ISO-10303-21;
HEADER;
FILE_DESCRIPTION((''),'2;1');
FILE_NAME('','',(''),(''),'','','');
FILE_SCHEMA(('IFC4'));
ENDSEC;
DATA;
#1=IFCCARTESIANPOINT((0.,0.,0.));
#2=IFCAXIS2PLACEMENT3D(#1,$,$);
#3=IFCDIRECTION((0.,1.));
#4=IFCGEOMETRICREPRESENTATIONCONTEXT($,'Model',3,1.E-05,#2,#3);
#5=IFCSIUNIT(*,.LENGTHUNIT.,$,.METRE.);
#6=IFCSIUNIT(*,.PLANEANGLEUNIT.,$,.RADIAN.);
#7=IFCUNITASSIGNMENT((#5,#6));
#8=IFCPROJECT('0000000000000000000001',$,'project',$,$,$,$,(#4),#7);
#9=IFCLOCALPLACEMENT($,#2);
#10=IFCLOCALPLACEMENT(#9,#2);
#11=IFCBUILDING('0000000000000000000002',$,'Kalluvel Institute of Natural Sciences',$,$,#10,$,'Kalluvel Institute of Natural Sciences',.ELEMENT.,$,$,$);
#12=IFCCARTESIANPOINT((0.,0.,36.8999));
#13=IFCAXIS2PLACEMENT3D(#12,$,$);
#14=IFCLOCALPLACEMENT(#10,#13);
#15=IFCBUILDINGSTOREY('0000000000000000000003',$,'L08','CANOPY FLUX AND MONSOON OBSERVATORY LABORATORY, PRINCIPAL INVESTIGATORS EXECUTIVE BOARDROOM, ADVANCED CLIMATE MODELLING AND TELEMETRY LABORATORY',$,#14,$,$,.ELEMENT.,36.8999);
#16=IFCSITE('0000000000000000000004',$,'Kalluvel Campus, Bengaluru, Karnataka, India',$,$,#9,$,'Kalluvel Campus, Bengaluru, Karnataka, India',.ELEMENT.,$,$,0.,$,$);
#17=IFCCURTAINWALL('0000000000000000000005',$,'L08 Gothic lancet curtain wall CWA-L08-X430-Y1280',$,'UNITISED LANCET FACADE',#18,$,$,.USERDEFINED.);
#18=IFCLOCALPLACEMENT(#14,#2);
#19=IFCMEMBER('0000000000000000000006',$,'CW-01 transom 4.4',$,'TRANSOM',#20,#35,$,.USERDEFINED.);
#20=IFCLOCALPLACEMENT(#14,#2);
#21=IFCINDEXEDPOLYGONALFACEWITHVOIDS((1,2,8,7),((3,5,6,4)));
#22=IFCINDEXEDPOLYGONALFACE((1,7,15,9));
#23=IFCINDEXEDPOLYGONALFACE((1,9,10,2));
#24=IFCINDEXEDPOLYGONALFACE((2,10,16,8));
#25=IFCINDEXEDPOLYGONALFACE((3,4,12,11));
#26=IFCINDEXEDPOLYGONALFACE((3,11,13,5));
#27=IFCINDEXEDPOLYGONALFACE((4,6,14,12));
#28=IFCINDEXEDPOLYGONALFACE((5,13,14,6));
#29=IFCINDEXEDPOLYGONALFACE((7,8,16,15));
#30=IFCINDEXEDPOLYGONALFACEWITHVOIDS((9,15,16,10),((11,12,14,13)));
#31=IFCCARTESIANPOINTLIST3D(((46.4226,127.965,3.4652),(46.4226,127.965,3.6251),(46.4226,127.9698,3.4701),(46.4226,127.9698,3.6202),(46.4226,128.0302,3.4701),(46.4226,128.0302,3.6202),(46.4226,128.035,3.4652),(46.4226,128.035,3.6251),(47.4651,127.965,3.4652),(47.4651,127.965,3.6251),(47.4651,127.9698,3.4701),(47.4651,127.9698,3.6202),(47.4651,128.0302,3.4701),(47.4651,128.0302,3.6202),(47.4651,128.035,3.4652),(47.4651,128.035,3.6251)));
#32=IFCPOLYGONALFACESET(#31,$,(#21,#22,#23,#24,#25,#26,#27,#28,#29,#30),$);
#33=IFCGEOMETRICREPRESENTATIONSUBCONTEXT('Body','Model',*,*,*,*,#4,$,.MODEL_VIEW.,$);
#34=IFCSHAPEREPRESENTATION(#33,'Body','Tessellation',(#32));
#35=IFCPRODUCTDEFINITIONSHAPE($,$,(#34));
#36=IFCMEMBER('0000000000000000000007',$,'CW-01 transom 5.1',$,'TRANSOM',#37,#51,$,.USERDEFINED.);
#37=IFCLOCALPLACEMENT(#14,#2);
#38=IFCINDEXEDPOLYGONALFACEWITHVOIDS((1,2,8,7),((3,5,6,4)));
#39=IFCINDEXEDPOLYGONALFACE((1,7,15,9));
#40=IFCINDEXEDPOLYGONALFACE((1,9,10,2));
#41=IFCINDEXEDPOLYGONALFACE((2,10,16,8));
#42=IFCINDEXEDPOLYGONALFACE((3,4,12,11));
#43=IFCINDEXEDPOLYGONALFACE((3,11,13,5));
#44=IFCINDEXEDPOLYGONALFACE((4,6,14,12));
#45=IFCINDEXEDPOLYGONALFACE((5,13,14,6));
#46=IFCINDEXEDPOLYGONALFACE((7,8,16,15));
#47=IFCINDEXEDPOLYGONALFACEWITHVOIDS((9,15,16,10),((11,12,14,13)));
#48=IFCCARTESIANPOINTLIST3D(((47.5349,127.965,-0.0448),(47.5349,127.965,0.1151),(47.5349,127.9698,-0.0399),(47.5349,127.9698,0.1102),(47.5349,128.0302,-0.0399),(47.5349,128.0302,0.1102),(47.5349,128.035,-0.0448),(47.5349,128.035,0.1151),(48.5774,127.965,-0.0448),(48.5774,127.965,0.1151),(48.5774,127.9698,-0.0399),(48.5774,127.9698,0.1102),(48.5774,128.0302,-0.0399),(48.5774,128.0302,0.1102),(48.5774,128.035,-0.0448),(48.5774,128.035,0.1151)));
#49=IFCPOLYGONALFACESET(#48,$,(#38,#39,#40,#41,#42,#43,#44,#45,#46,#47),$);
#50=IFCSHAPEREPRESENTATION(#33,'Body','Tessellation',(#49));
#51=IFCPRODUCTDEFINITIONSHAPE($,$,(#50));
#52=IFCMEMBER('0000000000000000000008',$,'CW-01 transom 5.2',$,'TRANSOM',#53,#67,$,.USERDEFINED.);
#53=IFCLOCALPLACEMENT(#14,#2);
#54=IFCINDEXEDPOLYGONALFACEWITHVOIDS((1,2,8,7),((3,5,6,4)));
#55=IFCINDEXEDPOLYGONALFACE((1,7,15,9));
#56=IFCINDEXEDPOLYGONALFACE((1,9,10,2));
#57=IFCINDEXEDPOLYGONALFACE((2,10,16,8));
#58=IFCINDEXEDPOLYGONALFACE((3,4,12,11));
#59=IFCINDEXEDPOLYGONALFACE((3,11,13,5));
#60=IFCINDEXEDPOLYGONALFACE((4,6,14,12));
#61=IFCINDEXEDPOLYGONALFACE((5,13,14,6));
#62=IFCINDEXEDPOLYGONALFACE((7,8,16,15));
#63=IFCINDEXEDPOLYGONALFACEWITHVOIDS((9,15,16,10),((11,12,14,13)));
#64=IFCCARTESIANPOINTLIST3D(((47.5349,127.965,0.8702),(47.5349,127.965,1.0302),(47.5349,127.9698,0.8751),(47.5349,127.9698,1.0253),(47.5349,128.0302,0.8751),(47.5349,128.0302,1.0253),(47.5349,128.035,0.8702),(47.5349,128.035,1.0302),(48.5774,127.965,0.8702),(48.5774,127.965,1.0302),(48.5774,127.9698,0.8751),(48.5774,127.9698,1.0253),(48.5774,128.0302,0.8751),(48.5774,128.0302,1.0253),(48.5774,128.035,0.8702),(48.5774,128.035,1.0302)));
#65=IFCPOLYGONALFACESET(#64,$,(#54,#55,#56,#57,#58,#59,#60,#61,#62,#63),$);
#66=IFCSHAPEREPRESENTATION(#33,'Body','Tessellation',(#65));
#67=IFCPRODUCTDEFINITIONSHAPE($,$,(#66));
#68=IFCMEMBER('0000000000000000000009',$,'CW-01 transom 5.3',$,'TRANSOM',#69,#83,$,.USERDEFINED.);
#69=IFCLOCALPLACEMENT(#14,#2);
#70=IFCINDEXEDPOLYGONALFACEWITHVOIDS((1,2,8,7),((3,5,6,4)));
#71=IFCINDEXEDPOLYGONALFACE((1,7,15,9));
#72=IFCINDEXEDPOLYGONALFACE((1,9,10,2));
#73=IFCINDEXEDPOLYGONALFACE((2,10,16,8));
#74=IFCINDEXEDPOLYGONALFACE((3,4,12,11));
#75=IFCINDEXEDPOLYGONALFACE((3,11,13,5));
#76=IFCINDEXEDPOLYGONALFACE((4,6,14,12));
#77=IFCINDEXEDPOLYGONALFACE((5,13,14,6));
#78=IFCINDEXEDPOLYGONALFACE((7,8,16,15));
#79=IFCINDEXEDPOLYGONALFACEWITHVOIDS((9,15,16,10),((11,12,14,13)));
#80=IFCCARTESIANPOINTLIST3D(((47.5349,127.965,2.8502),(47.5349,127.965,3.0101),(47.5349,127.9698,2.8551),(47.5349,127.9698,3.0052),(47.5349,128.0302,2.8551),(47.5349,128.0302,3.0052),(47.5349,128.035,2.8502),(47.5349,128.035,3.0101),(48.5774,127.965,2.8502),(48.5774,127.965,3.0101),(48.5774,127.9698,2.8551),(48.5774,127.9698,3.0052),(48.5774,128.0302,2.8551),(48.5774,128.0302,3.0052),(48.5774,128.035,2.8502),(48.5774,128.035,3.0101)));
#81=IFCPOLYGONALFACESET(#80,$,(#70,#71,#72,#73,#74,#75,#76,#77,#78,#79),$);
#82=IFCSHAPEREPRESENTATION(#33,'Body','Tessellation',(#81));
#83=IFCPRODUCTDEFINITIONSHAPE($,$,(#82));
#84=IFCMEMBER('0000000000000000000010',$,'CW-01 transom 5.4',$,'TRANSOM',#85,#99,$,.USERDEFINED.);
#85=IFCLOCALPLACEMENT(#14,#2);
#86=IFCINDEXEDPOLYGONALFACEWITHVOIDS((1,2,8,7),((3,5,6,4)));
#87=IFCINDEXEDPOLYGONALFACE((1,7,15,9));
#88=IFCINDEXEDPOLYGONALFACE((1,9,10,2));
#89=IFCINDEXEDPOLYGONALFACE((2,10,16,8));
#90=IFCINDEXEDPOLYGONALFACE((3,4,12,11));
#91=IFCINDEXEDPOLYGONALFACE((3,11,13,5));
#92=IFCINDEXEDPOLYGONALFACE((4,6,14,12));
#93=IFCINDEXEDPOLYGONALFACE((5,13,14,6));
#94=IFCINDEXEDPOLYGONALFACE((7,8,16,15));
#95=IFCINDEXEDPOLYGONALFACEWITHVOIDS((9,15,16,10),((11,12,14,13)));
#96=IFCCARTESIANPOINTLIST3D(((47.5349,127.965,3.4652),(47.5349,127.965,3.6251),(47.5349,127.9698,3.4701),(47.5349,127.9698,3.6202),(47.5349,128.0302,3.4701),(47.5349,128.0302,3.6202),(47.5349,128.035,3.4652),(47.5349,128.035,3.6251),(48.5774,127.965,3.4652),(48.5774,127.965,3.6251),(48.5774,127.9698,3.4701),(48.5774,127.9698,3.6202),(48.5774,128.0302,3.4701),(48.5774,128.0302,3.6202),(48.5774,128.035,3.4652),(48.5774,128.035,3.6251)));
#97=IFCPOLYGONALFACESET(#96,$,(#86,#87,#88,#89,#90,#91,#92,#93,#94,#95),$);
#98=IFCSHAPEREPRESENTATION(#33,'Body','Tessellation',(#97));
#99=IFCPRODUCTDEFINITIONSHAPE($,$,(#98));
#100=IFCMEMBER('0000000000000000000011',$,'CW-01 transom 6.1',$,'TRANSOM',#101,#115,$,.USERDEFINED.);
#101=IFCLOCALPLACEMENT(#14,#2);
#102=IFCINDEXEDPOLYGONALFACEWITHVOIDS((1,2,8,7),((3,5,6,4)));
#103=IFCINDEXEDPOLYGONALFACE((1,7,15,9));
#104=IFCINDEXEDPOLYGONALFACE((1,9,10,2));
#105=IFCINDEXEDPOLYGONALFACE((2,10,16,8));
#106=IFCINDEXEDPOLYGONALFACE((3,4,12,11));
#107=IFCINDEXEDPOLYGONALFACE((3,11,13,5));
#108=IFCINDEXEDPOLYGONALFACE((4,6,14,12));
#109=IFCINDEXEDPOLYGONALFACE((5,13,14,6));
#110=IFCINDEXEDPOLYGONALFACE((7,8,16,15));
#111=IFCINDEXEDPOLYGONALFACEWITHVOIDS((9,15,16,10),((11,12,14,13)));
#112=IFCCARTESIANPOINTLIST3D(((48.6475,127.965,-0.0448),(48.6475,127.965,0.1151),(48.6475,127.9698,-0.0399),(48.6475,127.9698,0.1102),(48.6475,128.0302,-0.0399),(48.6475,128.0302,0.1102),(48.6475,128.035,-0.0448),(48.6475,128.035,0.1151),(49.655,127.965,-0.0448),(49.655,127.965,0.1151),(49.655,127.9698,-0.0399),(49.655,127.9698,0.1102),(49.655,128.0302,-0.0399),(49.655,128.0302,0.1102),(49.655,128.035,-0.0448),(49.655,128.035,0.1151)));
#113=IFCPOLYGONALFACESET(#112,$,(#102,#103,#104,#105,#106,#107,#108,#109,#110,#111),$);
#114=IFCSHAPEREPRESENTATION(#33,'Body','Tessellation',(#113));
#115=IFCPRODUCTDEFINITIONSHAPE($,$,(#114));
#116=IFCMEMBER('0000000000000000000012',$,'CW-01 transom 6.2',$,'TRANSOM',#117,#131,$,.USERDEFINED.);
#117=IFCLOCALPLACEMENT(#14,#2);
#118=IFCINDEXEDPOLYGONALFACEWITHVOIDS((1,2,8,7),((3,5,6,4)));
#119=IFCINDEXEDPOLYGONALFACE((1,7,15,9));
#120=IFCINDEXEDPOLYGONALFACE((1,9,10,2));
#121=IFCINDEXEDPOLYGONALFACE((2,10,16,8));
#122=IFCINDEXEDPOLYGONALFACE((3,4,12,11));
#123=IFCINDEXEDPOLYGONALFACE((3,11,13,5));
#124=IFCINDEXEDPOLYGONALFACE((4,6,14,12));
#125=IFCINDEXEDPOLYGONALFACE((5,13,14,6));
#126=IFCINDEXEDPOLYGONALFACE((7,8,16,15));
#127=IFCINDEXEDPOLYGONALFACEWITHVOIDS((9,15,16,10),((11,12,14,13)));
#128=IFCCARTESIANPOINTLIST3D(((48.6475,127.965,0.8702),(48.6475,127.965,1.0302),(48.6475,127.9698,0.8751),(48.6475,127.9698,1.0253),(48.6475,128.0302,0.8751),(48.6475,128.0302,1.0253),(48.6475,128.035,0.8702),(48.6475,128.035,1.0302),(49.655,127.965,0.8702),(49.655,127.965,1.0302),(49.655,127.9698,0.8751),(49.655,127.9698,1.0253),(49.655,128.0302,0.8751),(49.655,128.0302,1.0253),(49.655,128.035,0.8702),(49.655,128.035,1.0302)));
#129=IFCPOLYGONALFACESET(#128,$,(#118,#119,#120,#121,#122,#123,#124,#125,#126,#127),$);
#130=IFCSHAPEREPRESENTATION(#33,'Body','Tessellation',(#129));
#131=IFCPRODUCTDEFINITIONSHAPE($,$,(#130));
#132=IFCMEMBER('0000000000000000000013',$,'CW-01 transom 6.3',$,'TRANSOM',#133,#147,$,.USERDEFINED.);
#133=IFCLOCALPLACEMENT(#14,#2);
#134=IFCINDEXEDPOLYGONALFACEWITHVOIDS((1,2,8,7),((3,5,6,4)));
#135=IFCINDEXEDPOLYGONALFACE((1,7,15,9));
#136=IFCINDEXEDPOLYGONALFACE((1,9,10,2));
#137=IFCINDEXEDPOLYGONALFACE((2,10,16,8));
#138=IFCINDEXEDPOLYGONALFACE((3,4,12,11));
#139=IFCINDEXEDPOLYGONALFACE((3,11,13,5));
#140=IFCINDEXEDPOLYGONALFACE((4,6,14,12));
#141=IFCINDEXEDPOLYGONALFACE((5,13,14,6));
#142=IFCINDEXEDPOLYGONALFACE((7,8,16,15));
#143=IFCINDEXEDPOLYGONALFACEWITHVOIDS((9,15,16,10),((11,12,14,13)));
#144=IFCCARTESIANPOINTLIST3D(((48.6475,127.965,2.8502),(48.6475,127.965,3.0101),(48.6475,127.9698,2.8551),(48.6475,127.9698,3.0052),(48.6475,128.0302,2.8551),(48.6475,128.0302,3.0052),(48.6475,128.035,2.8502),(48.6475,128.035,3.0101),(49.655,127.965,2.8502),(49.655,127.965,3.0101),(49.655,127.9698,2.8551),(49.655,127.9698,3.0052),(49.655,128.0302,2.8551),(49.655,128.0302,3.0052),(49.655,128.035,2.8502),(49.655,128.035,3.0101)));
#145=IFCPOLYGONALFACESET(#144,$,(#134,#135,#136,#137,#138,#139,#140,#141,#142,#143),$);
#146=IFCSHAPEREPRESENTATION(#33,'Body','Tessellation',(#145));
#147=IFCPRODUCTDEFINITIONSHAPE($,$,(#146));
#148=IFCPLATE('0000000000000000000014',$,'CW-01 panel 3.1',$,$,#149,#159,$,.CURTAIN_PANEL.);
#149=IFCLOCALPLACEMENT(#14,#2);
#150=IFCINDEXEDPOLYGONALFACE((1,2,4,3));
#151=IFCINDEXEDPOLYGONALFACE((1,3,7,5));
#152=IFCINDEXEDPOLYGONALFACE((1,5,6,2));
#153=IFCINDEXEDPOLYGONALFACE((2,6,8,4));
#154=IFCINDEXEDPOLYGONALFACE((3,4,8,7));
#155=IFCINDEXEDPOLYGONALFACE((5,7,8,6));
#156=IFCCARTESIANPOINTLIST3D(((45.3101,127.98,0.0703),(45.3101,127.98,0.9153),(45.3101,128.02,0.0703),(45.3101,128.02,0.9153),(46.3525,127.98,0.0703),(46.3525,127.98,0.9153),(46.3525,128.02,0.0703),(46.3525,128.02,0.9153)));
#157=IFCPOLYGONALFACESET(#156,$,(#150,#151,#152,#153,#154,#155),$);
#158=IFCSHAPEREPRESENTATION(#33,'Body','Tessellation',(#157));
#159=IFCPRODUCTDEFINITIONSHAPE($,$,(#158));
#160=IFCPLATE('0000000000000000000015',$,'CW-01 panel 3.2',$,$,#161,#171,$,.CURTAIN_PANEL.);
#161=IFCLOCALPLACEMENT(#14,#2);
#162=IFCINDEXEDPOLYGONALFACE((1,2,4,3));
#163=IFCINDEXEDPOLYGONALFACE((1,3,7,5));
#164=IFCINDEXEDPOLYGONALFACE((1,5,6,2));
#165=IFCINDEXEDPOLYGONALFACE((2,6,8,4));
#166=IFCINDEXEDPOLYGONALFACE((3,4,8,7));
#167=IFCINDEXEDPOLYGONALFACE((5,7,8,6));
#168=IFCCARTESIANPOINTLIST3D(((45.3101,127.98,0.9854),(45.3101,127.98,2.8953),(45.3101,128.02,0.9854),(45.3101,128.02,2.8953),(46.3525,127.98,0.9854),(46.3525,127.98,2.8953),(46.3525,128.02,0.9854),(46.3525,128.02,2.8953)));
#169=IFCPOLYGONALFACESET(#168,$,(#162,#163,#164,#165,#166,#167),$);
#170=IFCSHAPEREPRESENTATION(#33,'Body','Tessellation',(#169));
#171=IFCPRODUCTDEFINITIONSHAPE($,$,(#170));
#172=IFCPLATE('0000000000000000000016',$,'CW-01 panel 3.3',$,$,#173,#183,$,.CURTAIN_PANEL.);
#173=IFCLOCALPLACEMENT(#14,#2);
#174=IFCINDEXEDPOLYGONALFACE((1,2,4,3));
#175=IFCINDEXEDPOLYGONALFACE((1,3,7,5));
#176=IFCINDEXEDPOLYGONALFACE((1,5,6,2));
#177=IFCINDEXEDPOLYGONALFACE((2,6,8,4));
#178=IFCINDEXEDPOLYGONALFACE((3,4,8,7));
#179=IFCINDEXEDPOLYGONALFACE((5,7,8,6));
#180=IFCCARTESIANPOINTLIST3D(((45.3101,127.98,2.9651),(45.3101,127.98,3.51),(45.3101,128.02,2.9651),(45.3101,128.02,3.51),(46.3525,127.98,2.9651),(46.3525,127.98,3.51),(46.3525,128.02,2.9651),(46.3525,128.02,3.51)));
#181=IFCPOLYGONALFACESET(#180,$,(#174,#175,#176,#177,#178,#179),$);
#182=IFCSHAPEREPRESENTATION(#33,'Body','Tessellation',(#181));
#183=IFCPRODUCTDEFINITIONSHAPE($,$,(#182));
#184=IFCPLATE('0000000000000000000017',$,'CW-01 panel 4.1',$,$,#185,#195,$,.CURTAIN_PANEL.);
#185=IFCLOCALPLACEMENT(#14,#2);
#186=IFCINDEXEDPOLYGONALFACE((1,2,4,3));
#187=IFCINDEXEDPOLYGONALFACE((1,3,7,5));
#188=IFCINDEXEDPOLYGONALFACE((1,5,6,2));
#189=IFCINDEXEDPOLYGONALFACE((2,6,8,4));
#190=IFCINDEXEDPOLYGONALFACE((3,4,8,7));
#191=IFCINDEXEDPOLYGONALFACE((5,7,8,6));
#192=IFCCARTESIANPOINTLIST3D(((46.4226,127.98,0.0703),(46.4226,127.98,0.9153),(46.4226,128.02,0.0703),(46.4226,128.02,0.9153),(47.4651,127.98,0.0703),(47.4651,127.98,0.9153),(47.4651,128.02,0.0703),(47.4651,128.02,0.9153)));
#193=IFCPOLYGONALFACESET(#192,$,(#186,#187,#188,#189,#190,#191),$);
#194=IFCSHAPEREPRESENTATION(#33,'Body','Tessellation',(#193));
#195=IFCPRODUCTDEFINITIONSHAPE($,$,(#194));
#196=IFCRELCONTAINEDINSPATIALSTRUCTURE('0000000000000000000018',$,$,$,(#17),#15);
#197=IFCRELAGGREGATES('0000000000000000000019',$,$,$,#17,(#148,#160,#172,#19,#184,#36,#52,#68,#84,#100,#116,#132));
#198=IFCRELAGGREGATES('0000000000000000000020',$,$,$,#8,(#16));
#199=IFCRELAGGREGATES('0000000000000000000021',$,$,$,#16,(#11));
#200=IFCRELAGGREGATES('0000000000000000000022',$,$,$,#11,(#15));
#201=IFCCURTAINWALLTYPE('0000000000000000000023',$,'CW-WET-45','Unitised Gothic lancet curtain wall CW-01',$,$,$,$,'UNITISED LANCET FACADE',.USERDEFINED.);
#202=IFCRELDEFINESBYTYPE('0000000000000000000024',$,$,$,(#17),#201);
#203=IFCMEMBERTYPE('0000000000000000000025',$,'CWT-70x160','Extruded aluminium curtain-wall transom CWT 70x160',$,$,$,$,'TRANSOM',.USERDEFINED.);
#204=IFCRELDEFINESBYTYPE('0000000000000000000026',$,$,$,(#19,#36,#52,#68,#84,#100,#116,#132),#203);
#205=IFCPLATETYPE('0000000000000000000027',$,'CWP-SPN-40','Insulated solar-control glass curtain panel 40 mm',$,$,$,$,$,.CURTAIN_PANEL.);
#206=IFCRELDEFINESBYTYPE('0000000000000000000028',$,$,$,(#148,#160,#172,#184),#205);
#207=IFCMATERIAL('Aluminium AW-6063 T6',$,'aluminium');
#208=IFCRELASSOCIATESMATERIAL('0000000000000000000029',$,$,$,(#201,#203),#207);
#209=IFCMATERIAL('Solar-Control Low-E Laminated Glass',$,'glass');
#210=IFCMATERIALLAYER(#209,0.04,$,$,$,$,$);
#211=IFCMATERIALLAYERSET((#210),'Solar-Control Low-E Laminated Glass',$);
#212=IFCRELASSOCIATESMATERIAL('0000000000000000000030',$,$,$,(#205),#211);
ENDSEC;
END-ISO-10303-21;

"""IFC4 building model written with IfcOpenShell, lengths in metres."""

from ifc_helpers import new_model, si_unit, direction, frame, origin, origin_2d, place, context, subcontext, project, spatial, rectangle, hollow_rectangle, extrude, material, layer, layer_set, material_profile, profile_set, type_object, element, aggregate, save


model = new_model("IFC4")

# Units and contexts
model_context = context("Model", 3, precision=1e-05, world=origin(), true_north=direction((0.0, 1.0)))
body_context = subcontext(model_context, "Body", "Model", "MODEL_VIEW")
ifc_project = project(units=[si_unit("LENGTHUNIT", "METRE"), si_unit("PLANEANGLEUNIT", "RADIAN")], contexts=[model_context])

# Site, building, storey
site_placement = place(None, origin())
site = spatial("IfcSite", under=ifc_project, at=site_placement, Name="Kalluvel Campus, Bengaluru, Karnataka, India", LongName="Kalluvel Campus, Bengaluru, Karnataka, India", CompositionType="ELEMENT", RefElevation=0.0)
building_placement = place(site_placement, origin())
building = spatial("IfcBuilding", under=site, at=building_placement, Name="Kalluvel Institute of Natural Sciences", LongName="Kalluvel Institute of Natural Sciences", CompositionType="ELEMENT")
storey_placement = place(building_placement, frame((0.0, 0.0, 36.8999)))
storey = spatial("IfcBuildingStorey", under=building, at=storey_placement, Name="L08", Description="CANOPY FLUX AND MONSOON OBSERVATORY LABORATORY, PRINCIPAL INVESTIGATORS EXECUTIVE BOARDROOM, ADVANCED CLIMATE MODELLING AND TELEMETRY LABORATORY", CompositionType="ELEMENT", Elevation=36.8999)

# Curtain wall, members, plates
ifc_material_1 = material(Name="Aluminium AW-6063 T6", Category="aluminium")
curtain_wall_type = type_object("IfcCurtainWallType", Name="CW-WET-45", Description="Unitised Gothic lancet curtain wall CW-01", ElementType="UNITISED LANCET FACADE", PredefinedType="USERDEFINED", material=ifc_material_1)
curtain_wall_placement = place(storey_placement, origin())
curtain_wall = element("IfcCurtainWall", 1, at=curtain_wall_placement, inside=storey, type_object=curtain_wall_type, Name="L08 Gothic lancet curtain wall CWA-L08-X430-Y1280", ObjectType="UNITISED LANCET FACADE", PredefinedType="USERDEFINED")
ifc_material_profile_1 = material_profile(ifc_material_1, hollow_rectangle(XDim=0.0701, YDim=0.1599, WallThickness=0.0049, at=origin_2d()), Name="CWT 70x160")
ifc_profile_set_1 = profile_set([ifc_material_profile_1], Name="Aluminium AW-6063 T6")
member_type_1 = type_object("IfcMemberType", Name="CWT-70x160", Description="Extruded aluminium curtain-wall transom CWT 70x160", ElementType="TRANSOM", PredefinedType="USERDEFINED", material=ifc_profile_set_1)
member_1_placement = place(storey_placement, frame((46.4226, 128.0, 3.5452), z_axis=(1.0, 0.0, 0.0), x_axis=(0.0, 1.0, 0.0)))
member_1 = element("IfcMember", 2, at=member_1_placement, type_object=member_type_1, Name="CW-01 transom 4.4", ObjectType="TRANSOM", PredefinedType="USERDEFINED", context=body_context, shape_type="SweptSolid", body=[
    extrude(hollow_rectangle(XDim=0.0701, YDim=0.1599, WallThickness=0.0049, at=origin_2d()), origin(), (0.0, 0.0, 1.0), 1.0425),
])
member_2_placement = place(storey_placement, frame((47.5349, 128.0, 0.0352), z_axis=(1.0, 0.0, 0.0), x_axis=(0.0, 1.0, 0.0)))
member_2 = element("IfcMember", 3, at=member_2_placement, type_object=member_type_1, Name="CW-01 transom 5.1", ObjectType="TRANSOM", PredefinedType="USERDEFINED", context=body_context, shape_type="SweptSolid", body=[
    extrude(hollow_rectangle(XDim=0.0701, YDim=0.1599, WallThickness=0.0049, at=origin_2d()), origin(), (0.0, 0.0, 1.0), 1.0425),
])
member_3_placement = place(storey_placement, frame((47.5349, 128.0, 0.9502), z_axis=(1.0, 0.0, 0.0), x_axis=(0.0, 1.0, 0.0)))
member_3 = element("IfcMember", 4, at=member_3_placement, type_object=member_type_1, Name="CW-01 transom 5.2", ObjectType="TRANSOM", PredefinedType="USERDEFINED", context=body_context, shape_type="SweptSolid", body=[
    extrude(hollow_rectangle(XDim=0.0701, YDim=0.1599, WallThickness=0.0049, at=origin_2d()), origin(), (0.0, 0.0, 1.0), 1.0425),
])
member_4_placement = place(storey_placement, frame((47.5349, 128.0, 2.9302), z_axis=(1.0, 0.0, 0.0), x_axis=(0.0, 1.0, 0.0)))
member_4 = element("IfcMember", 5, at=member_4_placement, type_object=member_type_1, Name="CW-01 transom 5.3", ObjectType="TRANSOM", PredefinedType="USERDEFINED", context=body_context, shape_type="SweptSolid", body=[
    extrude(hollow_rectangle(XDim=0.0701, YDim=0.1599, WallThickness=0.0049, at=origin_2d()), origin(), (0.0, 0.0, 1.0), 1.0425),
])
member_5_placement = place(storey_placement, frame((47.5349, 128.0, 3.5452), z_axis=(1.0, 0.0, 0.0), x_axis=(0.0, 1.0, 0.0)))
member_5 = element("IfcMember", 6, at=member_5_placement, type_object=member_type_1, Name="CW-01 transom 5.4", ObjectType="TRANSOM", PredefinedType="USERDEFINED", context=body_context, shape_type="SweptSolid", body=[
    extrude(hollow_rectangle(XDim=0.0701, YDim=0.1599, WallThickness=0.0049, at=origin_2d()), origin(), (0.0, 0.0, 1.0), 1.0425),
])
member_6_placement = place(storey_placement, frame((48.6475, 128.0, 0.0352), z_axis=(1.0, 0.0, 0.0), x_axis=(0.0, 1.0, 0.0)))
member_6 = element("IfcMember", 7, at=member_6_placement, type_object=member_type_1, Name="CW-01 transom 6.1", ObjectType="TRANSOM", PredefinedType="USERDEFINED", context=body_context, shape_type="SweptSolid", body=[
    extrude(hollow_rectangle(XDim=0.0701, YDim=0.1599, WallThickness=0.0049, at=origin_2d()), origin(), (0.0, 0.0, 1.0), 1.0076),
])
member_7_placement = place(storey_placement, frame((48.6475, 128.0, 0.9502), z_axis=(1.0, 0.0, 0.0), x_axis=(0.0, 1.0, 0.0)))
member_7 = element("IfcMember", 8, at=member_7_placement, type_object=member_type_1, Name="CW-01 transom 6.2", ObjectType="TRANSOM", PredefinedType="USERDEFINED", context=body_context, shape_type="SweptSolid", body=[
    extrude(hollow_rectangle(XDim=0.0701, YDim=0.1599, WallThickness=0.0049, at=origin_2d()), origin(), (0.0, 0.0, 1.0), 1.0076),
])
member_8_placement = place(storey_placement, frame((48.6475, 128.0, 2.9302), z_axis=(1.0, 0.0, 0.0), x_axis=(0.0, 1.0, 0.0)))
member_8 = element("IfcMember", 9, at=member_8_placement, type_object=member_type_1, Name="CW-01 transom 6.3", ObjectType="TRANSOM", PredefinedType="USERDEFINED", context=body_context, shape_type="SweptSolid", body=[
    extrude(hollow_rectangle(XDim=0.0701, YDim=0.1599, WallThickness=0.0049, at=origin_2d()), origin(), (0.0, 0.0, 1.0), 1.0076),
])
ifc_material_2 = material(Name="Solar-Control Low-E Laminated Glass", Category="glass")
ifc_layer = layer(ifc_material_2, 0.04)
ifc_layer_set = layer_set([ifc_layer], Name="Solar-Control Low-E Laminated Glass")
plate_type = type_object("IfcPlateType", Name="CWP-SPN-40", Description="Insulated solar-control glass curtain panel 40 mm", PredefinedType="CURTAIN_PANEL", material=ifc_layer_set)
plate_1_placement = place(storey_placement, frame((45.8313, 128.0, 0.0703), z_axis=(0.0, 0.0, 1.0), x_axis=(1.0, 0.0, 0.0)))
plate_1 = element("IfcPlate", 10, at=plate_1_placement, type_object=plate_type, Name="CW-01 panel 3.1", PredefinedType="CURTAIN_PANEL", context=body_context, shape_type="SweptSolid", body=[
    extrude(rectangle(XDim=1.0425, YDim=0.04, at=origin_2d()), origin(), (0.0, 0.0, 1.0), 0.845),
])
plate_2_placement = place(storey_placement, frame((45.8313, 128.0, 0.9854), z_axis=(0.0, 0.0, 1.0), x_axis=(1.0, 0.0, 0.0)))
plate_2 = element("IfcPlate", 11, at=plate_2_placement, type_object=plate_type, Name="CW-01 panel 3.2", PredefinedType="CURTAIN_PANEL", context=body_context, shape_type="SweptSolid", body=[
    extrude(rectangle(XDim=1.0425, YDim=0.04, at=origin_2d()), origin(), (0.0, 0.0, 1.0), 1.9099),
])
plate_3_placement = place(storey_placement, frame((45.8313, 128.0, 2.9651), z_axis=(0.0, 0.0, 1.0), x_axis=(1.0, 0.0, 0.0)))
plate_3 = element("IfcPlate", 12, at=plate_3_placement, type_object=plate_type, Name="CW-01 panel 3.3", PredefinedType="CURTAIN_PANEL", context=body_context, shape_type="SweptSolid", body=[
    extrude(rectangle(XDim=1.0425, YDim=0.04, at=origin_2d()), origin(), (0.0, 0.0, 1.0), 0.5449),
])
plate_4_placement = place(storey_placement, frame((46.9438, 128.0, 0.0703), z_axis=(0.0, 0.0, 1.0), x_axis=(1.0, 0.0, 0.0)))
plate_4 = element("IfcPlate", 13, at=plate_4_placement, type_object=plate_type, Name="CW-01 panel 4.1", PredefinedType="CURTAIN_PANEL", context=body_context, shape_type="SweptSolid", body=[
    extrude(rectangle(XDim=1.0425, YDim=0.04, at=origin_2d()), origin(), (0.0, 0.0, 1.0), 0.845),
])
aggregate(curtain_wall, [plate_1, plate_2, plate_3, member_1, plate_4, member_2, member_3, member_4, member_5, member_6, member_7, member_8])

save(model, "model.ifc")
